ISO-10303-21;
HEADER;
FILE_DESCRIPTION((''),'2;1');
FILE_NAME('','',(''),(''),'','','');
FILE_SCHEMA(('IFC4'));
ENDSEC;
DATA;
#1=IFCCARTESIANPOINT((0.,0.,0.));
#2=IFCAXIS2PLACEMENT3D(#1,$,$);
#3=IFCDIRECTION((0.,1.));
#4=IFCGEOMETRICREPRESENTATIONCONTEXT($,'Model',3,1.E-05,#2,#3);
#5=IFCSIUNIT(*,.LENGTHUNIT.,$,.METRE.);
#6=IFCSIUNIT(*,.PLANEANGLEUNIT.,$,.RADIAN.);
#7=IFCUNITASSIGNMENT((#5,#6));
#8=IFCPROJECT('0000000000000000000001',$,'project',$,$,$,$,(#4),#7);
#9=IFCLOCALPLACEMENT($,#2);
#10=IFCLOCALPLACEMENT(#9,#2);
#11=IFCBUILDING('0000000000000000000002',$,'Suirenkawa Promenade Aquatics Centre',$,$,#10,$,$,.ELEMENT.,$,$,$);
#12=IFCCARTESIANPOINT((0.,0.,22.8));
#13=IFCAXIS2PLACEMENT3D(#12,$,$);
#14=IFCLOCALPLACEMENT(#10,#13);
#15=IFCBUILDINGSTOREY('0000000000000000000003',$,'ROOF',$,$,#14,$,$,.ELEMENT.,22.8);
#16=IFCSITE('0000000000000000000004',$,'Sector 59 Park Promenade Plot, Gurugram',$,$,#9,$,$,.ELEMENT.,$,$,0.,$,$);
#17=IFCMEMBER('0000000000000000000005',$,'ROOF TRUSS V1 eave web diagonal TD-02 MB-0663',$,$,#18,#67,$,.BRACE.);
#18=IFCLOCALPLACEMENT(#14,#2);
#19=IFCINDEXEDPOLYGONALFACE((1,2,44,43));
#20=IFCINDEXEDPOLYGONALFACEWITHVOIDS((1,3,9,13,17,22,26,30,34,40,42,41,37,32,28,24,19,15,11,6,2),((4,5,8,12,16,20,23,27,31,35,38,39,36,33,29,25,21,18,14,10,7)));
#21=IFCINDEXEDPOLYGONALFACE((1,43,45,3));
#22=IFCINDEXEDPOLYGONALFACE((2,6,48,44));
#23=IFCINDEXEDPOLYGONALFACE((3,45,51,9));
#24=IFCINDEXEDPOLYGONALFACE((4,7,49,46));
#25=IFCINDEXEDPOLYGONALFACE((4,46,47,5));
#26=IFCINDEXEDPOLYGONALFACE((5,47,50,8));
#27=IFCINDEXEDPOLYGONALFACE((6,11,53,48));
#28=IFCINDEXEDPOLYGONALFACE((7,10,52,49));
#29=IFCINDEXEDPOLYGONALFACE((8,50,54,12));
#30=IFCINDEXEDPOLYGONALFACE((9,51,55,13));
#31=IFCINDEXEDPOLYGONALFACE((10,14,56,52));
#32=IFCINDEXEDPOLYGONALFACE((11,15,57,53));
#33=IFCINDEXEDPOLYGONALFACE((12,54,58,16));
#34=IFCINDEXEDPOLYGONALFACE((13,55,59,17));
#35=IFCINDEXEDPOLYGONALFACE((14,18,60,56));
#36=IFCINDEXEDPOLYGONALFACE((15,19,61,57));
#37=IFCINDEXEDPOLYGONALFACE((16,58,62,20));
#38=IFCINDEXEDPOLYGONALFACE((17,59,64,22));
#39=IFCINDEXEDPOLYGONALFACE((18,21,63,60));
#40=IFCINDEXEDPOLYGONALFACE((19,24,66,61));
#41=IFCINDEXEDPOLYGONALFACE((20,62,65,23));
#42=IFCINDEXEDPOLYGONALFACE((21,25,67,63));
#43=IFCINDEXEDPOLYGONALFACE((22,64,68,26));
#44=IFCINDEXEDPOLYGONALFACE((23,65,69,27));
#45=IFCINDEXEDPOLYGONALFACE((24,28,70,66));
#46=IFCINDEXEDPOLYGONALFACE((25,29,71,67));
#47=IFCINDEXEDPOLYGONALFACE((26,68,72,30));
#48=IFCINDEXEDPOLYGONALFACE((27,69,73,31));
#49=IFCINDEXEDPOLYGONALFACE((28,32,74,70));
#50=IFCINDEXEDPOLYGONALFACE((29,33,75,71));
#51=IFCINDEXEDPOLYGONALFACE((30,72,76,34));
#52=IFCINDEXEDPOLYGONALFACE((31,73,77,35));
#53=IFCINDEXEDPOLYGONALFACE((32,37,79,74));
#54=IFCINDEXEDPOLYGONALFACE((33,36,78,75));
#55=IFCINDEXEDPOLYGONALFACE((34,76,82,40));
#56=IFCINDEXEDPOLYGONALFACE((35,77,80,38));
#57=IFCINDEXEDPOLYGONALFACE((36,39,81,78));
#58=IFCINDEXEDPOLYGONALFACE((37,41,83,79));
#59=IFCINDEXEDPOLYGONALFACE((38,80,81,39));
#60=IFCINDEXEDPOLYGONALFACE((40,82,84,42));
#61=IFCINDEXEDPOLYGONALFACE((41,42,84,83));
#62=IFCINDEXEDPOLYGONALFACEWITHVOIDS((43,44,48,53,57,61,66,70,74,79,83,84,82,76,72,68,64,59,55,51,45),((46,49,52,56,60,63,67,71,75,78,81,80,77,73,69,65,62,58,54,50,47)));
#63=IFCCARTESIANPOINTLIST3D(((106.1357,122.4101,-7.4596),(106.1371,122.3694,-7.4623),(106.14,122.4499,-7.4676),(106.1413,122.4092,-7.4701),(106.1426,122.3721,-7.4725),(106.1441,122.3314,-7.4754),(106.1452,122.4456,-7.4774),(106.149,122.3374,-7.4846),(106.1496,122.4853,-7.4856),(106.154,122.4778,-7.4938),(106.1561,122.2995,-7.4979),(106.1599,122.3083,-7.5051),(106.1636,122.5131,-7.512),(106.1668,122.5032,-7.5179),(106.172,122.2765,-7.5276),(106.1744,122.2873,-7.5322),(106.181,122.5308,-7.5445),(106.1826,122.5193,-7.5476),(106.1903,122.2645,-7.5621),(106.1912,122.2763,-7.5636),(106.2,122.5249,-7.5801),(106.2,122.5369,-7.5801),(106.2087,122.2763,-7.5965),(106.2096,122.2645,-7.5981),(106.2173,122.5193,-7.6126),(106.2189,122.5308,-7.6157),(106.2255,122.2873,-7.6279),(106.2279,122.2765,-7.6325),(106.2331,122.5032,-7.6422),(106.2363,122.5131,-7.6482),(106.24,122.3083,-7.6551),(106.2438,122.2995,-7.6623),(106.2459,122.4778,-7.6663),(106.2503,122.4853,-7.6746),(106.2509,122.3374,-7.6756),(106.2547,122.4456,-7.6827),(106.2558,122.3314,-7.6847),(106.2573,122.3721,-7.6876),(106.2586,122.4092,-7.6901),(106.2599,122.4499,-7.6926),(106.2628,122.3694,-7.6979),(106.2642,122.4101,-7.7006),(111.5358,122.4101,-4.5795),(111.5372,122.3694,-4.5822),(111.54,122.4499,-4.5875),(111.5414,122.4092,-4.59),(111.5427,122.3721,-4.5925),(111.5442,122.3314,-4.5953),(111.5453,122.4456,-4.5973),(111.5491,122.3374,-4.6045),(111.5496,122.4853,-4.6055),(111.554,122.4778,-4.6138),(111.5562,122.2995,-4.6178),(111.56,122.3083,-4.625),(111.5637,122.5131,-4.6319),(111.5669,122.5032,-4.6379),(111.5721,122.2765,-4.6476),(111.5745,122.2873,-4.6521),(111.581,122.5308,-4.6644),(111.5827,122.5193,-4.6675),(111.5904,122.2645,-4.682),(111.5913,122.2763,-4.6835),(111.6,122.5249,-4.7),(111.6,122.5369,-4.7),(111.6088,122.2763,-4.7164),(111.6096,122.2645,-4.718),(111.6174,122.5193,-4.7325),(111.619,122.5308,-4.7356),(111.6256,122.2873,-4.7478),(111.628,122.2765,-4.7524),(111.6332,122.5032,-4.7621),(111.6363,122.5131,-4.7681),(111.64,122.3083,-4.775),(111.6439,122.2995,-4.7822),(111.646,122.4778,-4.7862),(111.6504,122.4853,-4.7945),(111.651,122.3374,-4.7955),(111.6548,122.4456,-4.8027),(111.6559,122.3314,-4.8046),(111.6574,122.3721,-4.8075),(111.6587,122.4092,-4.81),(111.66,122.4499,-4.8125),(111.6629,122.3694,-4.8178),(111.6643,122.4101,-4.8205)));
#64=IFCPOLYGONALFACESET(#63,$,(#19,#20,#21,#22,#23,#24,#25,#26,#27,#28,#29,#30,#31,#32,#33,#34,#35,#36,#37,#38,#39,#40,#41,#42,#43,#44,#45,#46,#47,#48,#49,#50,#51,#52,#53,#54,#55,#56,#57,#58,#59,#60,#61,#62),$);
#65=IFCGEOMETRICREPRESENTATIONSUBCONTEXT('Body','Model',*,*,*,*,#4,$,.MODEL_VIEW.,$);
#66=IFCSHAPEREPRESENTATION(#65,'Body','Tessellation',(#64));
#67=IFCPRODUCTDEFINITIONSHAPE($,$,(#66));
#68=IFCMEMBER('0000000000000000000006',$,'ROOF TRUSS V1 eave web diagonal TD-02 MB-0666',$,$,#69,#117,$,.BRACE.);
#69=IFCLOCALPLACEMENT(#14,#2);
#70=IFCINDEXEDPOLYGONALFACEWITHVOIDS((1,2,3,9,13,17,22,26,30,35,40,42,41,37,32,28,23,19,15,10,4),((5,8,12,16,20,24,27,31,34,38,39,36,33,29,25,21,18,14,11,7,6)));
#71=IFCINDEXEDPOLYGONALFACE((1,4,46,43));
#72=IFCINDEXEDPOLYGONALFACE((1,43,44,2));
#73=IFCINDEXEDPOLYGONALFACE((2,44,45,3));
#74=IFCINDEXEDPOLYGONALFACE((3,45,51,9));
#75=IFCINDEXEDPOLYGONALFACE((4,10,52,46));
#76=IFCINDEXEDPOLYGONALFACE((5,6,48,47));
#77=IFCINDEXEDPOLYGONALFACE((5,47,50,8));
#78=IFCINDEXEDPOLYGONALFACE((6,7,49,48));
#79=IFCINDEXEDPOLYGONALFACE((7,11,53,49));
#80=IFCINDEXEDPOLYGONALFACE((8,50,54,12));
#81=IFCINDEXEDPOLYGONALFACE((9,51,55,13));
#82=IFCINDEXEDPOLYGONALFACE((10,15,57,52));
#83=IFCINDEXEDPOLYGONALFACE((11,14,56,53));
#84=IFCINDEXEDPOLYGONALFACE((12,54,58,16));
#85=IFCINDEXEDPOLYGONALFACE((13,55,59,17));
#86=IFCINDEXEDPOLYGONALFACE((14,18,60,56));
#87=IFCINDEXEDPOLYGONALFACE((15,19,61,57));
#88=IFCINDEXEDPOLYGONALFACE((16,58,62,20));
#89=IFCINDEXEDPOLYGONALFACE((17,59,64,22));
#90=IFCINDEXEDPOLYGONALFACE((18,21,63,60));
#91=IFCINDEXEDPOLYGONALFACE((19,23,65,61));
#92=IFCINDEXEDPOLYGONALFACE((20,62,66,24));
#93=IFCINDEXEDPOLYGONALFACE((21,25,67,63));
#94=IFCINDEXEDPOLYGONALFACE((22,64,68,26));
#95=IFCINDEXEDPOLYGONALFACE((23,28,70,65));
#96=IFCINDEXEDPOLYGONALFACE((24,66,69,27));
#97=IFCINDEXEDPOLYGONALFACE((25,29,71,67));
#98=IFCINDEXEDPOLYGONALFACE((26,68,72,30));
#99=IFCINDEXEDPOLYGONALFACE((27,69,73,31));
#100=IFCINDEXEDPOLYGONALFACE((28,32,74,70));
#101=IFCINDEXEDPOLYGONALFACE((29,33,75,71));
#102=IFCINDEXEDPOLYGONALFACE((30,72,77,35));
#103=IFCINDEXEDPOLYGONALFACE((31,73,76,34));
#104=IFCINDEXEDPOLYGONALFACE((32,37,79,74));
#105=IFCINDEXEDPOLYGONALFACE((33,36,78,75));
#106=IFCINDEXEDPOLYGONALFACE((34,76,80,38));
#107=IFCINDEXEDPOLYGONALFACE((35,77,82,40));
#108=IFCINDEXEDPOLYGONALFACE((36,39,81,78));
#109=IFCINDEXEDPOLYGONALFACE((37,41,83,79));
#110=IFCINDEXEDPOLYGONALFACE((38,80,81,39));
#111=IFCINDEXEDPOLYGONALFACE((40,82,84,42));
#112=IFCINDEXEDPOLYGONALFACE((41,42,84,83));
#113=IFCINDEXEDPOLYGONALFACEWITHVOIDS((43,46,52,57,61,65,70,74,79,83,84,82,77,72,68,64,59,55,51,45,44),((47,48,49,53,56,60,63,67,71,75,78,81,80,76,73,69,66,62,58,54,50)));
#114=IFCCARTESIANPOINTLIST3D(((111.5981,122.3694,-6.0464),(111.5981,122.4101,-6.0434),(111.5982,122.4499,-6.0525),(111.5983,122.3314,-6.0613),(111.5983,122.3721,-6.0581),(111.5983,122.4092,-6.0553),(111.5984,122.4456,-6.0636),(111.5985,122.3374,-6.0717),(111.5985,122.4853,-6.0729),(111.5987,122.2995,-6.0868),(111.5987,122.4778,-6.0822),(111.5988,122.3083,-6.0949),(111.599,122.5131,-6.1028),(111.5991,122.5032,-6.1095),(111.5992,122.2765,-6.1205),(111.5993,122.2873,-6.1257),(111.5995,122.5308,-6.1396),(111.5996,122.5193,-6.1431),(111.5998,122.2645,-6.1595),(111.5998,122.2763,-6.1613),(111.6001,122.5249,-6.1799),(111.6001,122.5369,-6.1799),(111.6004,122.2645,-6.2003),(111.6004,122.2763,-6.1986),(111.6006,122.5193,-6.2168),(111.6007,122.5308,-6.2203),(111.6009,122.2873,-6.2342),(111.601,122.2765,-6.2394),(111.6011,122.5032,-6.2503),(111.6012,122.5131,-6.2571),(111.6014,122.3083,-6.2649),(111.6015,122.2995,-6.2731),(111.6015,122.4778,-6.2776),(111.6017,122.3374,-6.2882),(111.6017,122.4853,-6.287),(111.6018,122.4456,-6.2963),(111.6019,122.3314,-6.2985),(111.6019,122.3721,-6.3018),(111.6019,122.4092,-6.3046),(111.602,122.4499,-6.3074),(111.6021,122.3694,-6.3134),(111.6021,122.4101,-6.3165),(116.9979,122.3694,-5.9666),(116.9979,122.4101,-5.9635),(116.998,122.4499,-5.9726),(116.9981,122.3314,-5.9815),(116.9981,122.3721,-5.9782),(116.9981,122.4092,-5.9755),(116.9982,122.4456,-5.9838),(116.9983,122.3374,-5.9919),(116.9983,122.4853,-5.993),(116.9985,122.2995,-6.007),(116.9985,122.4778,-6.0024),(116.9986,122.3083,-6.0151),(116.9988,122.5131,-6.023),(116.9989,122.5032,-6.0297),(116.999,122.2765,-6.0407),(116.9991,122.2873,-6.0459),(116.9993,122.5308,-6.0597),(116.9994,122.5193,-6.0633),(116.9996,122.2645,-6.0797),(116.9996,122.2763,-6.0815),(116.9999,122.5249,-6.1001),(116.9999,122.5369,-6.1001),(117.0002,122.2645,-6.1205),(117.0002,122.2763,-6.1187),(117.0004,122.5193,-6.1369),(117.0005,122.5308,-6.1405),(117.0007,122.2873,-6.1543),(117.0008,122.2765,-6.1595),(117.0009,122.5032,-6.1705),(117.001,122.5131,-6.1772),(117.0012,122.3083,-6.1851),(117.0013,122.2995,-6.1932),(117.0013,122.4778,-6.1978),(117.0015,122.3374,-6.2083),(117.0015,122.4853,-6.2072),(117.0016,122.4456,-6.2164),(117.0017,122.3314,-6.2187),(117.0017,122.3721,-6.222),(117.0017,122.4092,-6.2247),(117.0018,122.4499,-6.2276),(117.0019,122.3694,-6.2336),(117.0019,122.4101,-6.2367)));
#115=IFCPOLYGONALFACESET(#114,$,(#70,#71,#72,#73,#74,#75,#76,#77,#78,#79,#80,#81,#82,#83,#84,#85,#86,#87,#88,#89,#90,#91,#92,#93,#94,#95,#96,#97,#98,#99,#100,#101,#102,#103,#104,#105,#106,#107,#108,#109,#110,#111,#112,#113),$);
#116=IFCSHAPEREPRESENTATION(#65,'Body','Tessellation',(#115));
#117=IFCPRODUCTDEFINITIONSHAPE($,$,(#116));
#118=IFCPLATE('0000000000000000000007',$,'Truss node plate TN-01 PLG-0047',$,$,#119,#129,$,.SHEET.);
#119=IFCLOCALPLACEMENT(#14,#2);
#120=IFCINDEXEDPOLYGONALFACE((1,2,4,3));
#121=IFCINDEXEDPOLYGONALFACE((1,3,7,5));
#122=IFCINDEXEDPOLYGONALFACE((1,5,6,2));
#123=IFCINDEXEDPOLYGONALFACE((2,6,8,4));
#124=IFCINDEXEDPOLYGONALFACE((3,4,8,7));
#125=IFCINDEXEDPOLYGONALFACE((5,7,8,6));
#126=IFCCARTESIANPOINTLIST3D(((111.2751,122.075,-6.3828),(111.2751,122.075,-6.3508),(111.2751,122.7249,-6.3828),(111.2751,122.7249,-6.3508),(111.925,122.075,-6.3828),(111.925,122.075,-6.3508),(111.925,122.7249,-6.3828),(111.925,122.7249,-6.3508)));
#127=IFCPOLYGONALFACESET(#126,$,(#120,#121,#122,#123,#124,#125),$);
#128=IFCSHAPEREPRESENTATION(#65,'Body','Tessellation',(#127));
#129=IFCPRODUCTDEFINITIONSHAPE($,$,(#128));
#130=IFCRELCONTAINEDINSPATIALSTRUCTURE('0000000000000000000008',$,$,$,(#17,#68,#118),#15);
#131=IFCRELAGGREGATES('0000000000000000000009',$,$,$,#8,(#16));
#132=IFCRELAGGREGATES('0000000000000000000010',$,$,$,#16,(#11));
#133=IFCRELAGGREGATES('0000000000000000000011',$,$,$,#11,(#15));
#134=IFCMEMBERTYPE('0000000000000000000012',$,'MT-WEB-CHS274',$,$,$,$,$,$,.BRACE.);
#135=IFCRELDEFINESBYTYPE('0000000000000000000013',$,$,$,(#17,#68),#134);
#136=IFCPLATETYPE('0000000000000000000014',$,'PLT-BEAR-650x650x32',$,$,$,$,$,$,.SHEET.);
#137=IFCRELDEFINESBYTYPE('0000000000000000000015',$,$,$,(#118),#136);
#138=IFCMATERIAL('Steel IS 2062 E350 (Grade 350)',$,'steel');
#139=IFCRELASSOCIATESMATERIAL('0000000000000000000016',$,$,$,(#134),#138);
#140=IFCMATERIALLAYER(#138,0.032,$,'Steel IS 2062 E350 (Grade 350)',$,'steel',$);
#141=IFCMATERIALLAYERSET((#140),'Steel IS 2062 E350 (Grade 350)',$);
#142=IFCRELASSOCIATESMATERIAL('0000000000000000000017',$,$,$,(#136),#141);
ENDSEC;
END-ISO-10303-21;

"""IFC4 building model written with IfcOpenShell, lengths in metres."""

from ifc_helpers import new_model, si_unit, direction, frame, origin, origin_2d, place, context, subcontext, project, spatial, rectangle, hollow_circle, extrude, material, layer, layer_set, material_profile, profile_set, type_object, element, save


model = new_model("IFC4")

# Units and contexts
model_context = context("Model", 3, precision=1e-05, world=origin(), true_north=direction((0.0, 1.0)))
body_context = subcontext(model_context, "Body", "Model", "MODEL_VIEW")
ifc_project = project(units=[si_unit("LENGTHUNIT", "METRE"), si_unit("PLANEANGLEUNIT", "RADIAN")], contexts=[model_context])

# Site, building, storey
site_placement = place(None, origin())
site = spatial("IfcSite", under=ifc_project, at=site_placement, Name="Sector 59 Park Promenade Plot, Gurugram", CompositionType="ELEMENT", RefElevation=0.0)
building_placement = place(site_placement, origin())
building = spatial("IfcBuilding", under=site, at=building_placement, Name="Suirenkawa Promenade Aquatics Centre", CompositionType="ELEMENT")
storey_placement = place(building_placement, frame((0.0, 0.0, 22.8)))
storey = spatial("IfcBuildingStorey", under=building, at=storey_placement, Name="ROOF", CompositionType="ELEMENT", Elevation=22.8)

# Shared definitions
ifc_material = material(Name="Steel IS 2062 E350 (Grade 350)", Category="steel")

# Members
ifc_material_profile_1 = material_profile(ifc_material, hollow_circle(Radius=0.137, WallThickness=0.012, at=origin_2d()), Name="CHS 274x12", Category="steel")
ifc_profile_set_1 = profile_set([ifc_material_profile_1], Name="Steel IS 2062 E350 (Grade 350)")
member_type_1 = type_object("IfcMemberType", Name="MT-WEB-CHS274", PredefinedType="BRACE", material=ifc_profile_set_1)
member_1_placement = place(storey_placement, frame((106.2, 122.3999, -7.5801), z_axis=(0.88235, 0.0, 0.470594), x_axis=(0.0, 1.0, 0.0)))
element("IfcMember", 1, at=member_1_placement, inside=storey, type_object=member_type_1, Name="ROOF TRUSS V1 eave web diagonal TD-02 MB-0663", PredefinedType="BRACE", context=body_context, shape_type="SweptSolid", body=[
    extrude(hollow_circle(Radius=0.137, WallThickness=0.012, at=origin_2d()), origin(), (0.0, 0.0, 1.0), 6.1201),
])
member_2_placement = place(storey_placement, frame((111.6001, 122.3999, -6.1799), z_axis=(0.999891, 0.0, 0.014783), x_axis=(0.0, 1.0, 0.0)))
element("IfcMember", 2, at=member_2_placement, inside=storey, type_object=member_type_1, Name="ROOF TRUSS V1 eave web diagonal TD-02 MB-0666", PredefinedType="BRACE", context=body_context, shape_type="SweptSolid", body=[
    extrude(hollow_circle(Radius=0.137, WallThickness=0.012, at=origin_2d()), origin(), (0.0, 0.0, 1.0), 5.4004),
])

# Plate
ifc_layer = layer(ifc_material, 0.032, Name="Steel IS 2062 E350 (Grade 350)", Category="steel")
ifc_layer_set = layer_set([ifc_layer], Name="Steel IS 2062 E350 (Grade 350)")
plate_type = type_object("IfcPlateType", Name="PLT-BEAR-650x650x32", PredefinedType="SHEET", material=ifc_layer_set)
plate_placement = place(storey_placement, frame((111.6001, 122.3999, -6.3828), z_axis=(0.0, 0.0, 1.0), x_axis=(1.0, 0.0, 0.0)))
element("IfcPlate", 3, at=plate_placement, inside=storey, type_object=plate_type, Name="Truss node plate TN-01 PLG-0047", PredefinedType="SHEET", context=body_context, shape_type="SweptSolid", body=[
    extrude(rectangle(XDim=0.6499, YDim=0.6499, at=origin_2d()), origin(), (0.0, 0.0, 1.0), 0.032),
])

save(model, "model.ifc")
